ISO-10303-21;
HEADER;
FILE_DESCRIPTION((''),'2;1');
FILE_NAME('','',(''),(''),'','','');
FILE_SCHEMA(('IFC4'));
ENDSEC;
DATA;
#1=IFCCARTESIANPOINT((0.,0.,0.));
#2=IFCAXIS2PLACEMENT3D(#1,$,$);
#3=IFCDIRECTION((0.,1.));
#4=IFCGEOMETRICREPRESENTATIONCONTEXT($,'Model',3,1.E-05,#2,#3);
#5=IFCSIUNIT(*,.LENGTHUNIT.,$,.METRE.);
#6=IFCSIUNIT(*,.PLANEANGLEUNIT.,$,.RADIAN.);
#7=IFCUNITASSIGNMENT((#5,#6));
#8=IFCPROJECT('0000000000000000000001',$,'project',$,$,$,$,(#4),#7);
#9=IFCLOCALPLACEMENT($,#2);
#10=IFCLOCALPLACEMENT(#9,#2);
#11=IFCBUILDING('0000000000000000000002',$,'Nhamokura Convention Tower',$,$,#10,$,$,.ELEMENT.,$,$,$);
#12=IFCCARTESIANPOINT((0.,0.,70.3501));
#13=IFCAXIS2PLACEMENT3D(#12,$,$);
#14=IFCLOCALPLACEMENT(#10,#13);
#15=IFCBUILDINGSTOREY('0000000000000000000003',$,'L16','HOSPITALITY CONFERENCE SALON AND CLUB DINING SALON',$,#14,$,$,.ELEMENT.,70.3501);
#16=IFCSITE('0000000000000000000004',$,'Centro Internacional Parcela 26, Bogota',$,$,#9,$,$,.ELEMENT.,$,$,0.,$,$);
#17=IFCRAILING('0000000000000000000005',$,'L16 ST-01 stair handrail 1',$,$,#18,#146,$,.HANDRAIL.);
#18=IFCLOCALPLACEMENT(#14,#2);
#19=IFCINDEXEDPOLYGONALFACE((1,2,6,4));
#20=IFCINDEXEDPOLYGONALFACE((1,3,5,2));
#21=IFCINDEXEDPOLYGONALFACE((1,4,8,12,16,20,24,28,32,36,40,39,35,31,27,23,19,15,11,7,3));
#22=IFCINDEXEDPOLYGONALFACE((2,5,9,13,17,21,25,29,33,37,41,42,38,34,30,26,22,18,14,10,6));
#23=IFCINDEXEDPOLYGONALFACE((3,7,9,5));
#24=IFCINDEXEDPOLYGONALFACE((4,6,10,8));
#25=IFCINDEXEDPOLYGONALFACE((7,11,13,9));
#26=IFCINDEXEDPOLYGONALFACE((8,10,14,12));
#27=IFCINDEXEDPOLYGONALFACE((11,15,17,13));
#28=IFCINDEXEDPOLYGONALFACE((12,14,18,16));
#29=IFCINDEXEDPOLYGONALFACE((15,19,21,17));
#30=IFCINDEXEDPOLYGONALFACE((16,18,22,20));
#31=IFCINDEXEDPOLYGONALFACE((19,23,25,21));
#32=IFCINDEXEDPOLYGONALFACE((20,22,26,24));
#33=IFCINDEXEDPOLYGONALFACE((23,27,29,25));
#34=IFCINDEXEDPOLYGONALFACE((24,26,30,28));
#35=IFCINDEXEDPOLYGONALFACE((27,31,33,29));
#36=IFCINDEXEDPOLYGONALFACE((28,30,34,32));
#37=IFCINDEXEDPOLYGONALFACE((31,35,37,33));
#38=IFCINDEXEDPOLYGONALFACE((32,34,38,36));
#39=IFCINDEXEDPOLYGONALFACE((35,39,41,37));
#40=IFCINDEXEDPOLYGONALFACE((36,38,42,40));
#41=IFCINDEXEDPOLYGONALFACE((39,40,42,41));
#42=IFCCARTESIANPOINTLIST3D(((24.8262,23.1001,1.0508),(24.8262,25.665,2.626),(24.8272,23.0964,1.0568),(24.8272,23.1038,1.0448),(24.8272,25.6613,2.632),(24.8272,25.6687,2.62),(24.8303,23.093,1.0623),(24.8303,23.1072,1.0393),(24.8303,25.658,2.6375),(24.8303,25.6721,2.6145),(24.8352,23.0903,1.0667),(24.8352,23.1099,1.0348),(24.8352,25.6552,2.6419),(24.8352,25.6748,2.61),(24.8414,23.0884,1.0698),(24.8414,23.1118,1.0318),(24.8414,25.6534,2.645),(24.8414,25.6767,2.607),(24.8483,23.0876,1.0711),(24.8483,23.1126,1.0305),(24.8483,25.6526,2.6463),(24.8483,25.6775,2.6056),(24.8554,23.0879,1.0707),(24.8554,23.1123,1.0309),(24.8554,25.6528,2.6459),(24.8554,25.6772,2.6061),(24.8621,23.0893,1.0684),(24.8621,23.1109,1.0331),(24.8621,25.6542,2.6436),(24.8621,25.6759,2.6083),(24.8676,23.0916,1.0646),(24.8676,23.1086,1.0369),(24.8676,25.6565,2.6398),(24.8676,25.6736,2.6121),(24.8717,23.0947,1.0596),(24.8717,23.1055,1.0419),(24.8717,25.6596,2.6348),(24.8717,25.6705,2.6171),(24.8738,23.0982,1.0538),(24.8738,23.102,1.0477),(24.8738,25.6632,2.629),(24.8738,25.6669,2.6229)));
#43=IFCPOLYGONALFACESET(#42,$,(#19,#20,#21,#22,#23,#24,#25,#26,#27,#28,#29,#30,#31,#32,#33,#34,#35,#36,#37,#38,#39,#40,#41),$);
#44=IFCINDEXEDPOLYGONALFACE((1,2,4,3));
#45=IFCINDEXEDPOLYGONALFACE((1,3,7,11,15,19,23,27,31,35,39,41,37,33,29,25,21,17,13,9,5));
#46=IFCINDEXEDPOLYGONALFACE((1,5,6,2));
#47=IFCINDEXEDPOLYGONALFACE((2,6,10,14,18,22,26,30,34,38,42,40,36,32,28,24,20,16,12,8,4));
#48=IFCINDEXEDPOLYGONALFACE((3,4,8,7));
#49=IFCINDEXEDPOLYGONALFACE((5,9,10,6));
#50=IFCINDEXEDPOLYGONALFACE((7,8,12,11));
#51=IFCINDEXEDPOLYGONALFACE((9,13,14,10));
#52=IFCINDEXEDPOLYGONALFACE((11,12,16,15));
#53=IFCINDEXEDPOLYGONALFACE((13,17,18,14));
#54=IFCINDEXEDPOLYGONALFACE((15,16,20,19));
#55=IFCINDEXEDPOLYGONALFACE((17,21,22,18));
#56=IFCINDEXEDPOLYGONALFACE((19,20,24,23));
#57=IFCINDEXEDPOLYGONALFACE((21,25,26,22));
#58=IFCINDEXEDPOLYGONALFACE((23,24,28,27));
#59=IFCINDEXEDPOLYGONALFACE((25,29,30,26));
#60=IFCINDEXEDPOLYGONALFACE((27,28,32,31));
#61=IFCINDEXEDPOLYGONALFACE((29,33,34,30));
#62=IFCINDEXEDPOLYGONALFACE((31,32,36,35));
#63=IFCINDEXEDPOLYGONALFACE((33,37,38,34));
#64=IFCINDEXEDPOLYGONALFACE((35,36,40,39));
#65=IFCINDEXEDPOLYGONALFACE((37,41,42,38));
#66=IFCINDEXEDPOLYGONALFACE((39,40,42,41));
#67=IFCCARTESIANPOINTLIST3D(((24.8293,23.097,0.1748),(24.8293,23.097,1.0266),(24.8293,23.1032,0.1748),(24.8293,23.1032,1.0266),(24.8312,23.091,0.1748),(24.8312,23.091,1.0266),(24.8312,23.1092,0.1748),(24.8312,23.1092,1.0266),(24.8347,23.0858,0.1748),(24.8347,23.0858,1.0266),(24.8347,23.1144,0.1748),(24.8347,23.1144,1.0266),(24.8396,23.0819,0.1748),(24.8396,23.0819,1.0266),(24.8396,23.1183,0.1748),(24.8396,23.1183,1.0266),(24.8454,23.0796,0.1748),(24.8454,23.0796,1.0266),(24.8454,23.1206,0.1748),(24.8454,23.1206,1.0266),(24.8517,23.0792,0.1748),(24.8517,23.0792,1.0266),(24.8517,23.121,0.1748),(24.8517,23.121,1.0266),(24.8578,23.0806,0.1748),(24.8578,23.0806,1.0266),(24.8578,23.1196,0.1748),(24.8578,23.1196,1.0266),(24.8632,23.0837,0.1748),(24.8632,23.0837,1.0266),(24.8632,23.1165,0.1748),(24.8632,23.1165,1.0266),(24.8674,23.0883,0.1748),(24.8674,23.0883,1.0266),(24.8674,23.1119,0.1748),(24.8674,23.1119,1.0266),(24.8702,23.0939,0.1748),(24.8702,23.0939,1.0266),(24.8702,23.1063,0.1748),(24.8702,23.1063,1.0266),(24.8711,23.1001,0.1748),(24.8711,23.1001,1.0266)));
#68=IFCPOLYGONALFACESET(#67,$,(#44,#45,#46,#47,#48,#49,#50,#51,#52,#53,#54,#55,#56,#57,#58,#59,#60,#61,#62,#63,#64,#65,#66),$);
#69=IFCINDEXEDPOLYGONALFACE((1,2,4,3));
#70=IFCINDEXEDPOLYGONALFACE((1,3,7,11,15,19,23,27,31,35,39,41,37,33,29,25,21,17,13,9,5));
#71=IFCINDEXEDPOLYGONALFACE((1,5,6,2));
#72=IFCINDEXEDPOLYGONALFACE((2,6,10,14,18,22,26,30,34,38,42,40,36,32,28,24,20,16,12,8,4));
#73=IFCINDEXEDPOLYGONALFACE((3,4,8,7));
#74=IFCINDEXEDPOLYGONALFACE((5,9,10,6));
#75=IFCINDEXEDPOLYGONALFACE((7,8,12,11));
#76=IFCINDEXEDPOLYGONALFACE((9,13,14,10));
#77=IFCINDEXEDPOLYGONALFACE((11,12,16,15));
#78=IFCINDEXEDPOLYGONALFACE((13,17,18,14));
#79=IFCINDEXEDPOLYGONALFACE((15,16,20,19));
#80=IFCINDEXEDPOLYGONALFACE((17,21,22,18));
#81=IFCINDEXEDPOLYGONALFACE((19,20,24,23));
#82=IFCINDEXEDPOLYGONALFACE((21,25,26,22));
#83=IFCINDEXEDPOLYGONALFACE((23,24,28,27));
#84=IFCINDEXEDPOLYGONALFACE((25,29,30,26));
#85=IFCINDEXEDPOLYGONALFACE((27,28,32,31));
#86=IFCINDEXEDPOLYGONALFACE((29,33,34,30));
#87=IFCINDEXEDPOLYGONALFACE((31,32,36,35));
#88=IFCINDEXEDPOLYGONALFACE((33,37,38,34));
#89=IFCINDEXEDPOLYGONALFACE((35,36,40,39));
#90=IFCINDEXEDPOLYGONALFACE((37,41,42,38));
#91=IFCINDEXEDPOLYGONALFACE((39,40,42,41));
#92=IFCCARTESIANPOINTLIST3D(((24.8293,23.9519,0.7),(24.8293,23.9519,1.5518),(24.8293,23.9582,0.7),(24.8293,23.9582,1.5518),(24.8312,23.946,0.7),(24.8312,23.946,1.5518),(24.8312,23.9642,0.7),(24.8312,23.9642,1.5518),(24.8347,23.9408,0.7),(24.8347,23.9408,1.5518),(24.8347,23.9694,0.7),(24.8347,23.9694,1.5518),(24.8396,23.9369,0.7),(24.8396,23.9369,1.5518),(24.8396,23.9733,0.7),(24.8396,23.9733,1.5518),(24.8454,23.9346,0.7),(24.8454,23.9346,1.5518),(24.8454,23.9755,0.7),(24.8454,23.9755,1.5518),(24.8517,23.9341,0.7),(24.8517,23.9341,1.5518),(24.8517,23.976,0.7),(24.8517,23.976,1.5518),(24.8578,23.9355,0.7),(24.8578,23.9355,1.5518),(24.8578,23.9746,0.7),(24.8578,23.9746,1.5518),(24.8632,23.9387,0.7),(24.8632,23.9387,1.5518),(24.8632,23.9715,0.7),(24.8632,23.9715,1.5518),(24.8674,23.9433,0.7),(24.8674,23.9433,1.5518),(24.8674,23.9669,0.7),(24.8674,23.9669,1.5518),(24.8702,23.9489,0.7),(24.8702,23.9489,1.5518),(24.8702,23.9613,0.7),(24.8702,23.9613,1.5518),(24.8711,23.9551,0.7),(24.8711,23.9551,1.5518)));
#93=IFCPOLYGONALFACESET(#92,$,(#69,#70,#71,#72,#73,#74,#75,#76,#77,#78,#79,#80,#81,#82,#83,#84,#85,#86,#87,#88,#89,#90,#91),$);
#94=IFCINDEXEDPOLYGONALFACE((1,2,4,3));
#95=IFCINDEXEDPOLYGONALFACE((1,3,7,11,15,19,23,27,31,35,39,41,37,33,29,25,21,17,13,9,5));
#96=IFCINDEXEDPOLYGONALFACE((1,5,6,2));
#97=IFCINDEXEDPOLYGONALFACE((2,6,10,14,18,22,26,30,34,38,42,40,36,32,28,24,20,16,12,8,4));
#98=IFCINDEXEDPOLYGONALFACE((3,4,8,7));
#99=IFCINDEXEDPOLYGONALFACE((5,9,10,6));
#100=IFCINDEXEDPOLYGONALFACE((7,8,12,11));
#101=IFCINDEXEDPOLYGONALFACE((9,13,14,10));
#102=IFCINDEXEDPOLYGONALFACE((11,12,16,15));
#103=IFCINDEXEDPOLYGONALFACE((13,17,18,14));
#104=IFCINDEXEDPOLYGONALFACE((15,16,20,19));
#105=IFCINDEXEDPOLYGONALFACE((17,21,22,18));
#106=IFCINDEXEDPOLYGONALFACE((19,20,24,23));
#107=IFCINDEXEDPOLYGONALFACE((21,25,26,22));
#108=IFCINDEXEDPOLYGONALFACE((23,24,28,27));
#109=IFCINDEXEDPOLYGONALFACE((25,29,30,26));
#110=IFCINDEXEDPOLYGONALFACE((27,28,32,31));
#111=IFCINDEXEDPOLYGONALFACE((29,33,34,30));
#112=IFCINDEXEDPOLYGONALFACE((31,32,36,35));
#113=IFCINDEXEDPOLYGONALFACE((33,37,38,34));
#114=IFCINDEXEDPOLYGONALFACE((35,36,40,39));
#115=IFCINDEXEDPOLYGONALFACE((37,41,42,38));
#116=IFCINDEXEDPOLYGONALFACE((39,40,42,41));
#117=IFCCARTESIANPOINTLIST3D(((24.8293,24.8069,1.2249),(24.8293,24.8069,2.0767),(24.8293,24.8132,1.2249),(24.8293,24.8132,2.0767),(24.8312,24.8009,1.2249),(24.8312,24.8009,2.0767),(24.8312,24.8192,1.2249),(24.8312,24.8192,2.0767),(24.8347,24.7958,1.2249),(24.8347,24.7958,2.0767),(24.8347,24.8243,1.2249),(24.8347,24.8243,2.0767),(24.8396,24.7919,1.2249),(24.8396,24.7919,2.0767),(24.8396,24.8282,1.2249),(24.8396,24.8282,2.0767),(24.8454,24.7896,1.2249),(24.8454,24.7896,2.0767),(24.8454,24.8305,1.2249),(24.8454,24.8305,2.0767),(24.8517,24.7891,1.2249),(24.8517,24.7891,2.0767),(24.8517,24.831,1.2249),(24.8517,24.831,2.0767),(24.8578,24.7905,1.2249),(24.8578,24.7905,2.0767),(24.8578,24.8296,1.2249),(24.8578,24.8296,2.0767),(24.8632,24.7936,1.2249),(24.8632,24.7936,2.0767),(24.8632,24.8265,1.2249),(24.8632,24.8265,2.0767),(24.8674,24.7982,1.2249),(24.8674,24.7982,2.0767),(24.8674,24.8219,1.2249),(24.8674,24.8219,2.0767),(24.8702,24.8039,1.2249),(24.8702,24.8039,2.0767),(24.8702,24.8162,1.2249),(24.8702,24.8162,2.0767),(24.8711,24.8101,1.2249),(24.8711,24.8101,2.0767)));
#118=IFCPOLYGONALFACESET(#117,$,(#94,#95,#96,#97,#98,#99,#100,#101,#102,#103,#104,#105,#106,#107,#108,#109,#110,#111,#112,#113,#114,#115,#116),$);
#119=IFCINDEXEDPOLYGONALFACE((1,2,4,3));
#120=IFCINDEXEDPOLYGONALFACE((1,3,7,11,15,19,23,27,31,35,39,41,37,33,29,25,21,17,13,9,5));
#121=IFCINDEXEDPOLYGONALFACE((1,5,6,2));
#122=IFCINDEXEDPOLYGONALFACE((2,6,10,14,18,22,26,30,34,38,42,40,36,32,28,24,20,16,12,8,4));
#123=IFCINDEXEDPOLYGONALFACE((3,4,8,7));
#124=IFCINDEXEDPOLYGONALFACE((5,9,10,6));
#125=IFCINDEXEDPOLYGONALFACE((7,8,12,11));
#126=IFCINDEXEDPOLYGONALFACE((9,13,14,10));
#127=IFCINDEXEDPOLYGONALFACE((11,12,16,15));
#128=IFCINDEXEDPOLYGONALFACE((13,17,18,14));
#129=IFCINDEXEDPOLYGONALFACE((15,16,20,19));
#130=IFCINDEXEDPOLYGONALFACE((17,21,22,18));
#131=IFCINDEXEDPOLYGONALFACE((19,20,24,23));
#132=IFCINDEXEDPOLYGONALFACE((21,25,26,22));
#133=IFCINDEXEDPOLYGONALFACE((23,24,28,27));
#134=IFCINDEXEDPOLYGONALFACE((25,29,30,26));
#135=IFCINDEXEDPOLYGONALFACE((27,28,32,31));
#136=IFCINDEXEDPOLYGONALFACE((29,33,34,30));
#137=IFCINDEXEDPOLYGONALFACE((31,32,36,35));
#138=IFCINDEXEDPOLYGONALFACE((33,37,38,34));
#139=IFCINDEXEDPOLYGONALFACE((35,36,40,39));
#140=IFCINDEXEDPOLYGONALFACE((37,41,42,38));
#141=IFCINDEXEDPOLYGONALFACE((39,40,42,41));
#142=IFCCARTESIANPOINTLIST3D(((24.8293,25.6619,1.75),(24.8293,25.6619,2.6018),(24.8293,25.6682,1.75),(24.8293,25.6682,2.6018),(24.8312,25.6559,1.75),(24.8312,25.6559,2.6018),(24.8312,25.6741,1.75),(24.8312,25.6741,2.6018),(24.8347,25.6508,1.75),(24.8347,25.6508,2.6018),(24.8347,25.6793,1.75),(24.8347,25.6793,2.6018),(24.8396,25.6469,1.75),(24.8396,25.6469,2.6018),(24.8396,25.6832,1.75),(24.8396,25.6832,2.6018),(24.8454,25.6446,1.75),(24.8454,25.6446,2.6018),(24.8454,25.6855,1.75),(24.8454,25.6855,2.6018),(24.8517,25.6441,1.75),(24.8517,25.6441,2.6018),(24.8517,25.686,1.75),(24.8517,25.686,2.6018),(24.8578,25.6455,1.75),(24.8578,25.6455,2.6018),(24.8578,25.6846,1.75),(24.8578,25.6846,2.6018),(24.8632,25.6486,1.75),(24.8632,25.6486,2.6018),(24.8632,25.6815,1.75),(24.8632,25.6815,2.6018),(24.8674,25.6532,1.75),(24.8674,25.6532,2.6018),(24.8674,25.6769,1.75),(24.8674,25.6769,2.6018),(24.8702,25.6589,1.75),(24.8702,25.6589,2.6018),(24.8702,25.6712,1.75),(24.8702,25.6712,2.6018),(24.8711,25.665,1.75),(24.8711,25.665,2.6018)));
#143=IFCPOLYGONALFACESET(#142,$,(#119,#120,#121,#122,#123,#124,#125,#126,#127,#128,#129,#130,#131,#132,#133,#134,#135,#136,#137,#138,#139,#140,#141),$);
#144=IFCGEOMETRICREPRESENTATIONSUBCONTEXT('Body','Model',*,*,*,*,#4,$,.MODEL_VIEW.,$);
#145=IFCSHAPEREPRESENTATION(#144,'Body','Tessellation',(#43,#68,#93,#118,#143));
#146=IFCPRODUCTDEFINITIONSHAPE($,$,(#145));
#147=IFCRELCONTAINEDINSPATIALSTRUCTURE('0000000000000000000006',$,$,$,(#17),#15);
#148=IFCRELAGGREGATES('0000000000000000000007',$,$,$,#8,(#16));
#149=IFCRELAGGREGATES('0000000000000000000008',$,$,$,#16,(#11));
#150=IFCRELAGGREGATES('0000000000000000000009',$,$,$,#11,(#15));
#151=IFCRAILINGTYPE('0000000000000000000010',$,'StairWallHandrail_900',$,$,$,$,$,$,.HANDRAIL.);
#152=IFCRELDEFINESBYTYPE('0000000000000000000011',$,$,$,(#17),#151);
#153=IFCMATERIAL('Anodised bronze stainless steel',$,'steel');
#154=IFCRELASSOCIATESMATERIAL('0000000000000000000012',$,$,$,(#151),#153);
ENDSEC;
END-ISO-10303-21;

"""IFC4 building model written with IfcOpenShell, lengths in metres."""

from ifc_helpers import new_model, si_unit, direction, frame, origin, origin_2d, place, context, subcontext, project, spatial, circle, extrude, material, type_object, element, save


model = new_model("IFC4")

# Units and contexts
model_context = context("Model", 3, precision=1e-05, world=origin(), true_north=direction((0.0, 1.0)))
body_context = subcontext(model_context, "Body", "Model", "MODEL_VIEW")
ifc_project = project(units=[si_unit("LENGTHUNIT", "METRE"), si_unit("PLANEANGLEUNIT", "RADIAN")], contexts=[model_context])

# Site, building, storey
site_placement = place(None, origin())
site = spatial("IfcSite", under=ifc_project, at=site_placement, Name="Centro Internacional Parcela 26, Bogota", CompositionType="ELEMENT", RefElevation=0.0)
building_placement = place(site_placement, origin())
building = spatial("IfcBuilding", under=site, at=building_placement, Name="Nhamokura Convention Tower", CompositionType="ELEMENT")
storey_placement = place(building_placement, frame((0.0, 0.0, 70.3501)))
storey = spatial("IfcBuildingStorey", under=building, at=storey_placement, Name="L16", Description="HOSPITALITY CONFERENCE SALON AND CLUB DINING SALON", CompositionType="ELEMENT", Elevation=70.3501)

# Railing
ifc_material_1 = material(Name="Anodised bronze stainless steel", Category="steel")
railing_type_1 = type_object("IfcRailingType", Name="StairWallHandrail_900", PredefinedType="HANDRAIL", material=ifc_material_1)
railing_1_placement = place(storey_placement, frame((24.8501, 23.1001, 0.1748)))
element("IfcRailing", 1, at=railing_1_placement, inside=storey, type_object=railing_type_1, Name="L16 ST-01 stair handrail 1", PredefinedType="HANDRAIL", context=body_context, shape_type="SweptSolid", body=[
    extrude(circle(Radius=0.0239, at=origin_2d()), frame((0.0, 0.0, 0.876), z_axis=(0.0, 0.852137, 0.523319), x_axis=(-1.0, 0.0, 0.0)), (0.0, 0.0, 1.0), 3.01),
    extrude(circle(Radius=0.021, at=origin_2d()), origin(), (0.0, 0.0, 1.0), 0.8518),
    extrude(circle(Radius=0.021, at=origin_2d()), frame((0.0, 0.855, 0.5251)), (0.0, 0.0, 1.0), 0.8518),
    extrude(circle(Radius=0.021, at=origin_2d()), frame((0.0, 1.71, 1.05)), (0.0, 0.0, 1.0), 0.8518),
    extrude(circle(Radius=0.021, at=origin_2d()), frame((0.0, 2.5649, 1.5752)), (0.0, 0.0, 1.0), 0.8518),
])

save(model, "model.ifc")
